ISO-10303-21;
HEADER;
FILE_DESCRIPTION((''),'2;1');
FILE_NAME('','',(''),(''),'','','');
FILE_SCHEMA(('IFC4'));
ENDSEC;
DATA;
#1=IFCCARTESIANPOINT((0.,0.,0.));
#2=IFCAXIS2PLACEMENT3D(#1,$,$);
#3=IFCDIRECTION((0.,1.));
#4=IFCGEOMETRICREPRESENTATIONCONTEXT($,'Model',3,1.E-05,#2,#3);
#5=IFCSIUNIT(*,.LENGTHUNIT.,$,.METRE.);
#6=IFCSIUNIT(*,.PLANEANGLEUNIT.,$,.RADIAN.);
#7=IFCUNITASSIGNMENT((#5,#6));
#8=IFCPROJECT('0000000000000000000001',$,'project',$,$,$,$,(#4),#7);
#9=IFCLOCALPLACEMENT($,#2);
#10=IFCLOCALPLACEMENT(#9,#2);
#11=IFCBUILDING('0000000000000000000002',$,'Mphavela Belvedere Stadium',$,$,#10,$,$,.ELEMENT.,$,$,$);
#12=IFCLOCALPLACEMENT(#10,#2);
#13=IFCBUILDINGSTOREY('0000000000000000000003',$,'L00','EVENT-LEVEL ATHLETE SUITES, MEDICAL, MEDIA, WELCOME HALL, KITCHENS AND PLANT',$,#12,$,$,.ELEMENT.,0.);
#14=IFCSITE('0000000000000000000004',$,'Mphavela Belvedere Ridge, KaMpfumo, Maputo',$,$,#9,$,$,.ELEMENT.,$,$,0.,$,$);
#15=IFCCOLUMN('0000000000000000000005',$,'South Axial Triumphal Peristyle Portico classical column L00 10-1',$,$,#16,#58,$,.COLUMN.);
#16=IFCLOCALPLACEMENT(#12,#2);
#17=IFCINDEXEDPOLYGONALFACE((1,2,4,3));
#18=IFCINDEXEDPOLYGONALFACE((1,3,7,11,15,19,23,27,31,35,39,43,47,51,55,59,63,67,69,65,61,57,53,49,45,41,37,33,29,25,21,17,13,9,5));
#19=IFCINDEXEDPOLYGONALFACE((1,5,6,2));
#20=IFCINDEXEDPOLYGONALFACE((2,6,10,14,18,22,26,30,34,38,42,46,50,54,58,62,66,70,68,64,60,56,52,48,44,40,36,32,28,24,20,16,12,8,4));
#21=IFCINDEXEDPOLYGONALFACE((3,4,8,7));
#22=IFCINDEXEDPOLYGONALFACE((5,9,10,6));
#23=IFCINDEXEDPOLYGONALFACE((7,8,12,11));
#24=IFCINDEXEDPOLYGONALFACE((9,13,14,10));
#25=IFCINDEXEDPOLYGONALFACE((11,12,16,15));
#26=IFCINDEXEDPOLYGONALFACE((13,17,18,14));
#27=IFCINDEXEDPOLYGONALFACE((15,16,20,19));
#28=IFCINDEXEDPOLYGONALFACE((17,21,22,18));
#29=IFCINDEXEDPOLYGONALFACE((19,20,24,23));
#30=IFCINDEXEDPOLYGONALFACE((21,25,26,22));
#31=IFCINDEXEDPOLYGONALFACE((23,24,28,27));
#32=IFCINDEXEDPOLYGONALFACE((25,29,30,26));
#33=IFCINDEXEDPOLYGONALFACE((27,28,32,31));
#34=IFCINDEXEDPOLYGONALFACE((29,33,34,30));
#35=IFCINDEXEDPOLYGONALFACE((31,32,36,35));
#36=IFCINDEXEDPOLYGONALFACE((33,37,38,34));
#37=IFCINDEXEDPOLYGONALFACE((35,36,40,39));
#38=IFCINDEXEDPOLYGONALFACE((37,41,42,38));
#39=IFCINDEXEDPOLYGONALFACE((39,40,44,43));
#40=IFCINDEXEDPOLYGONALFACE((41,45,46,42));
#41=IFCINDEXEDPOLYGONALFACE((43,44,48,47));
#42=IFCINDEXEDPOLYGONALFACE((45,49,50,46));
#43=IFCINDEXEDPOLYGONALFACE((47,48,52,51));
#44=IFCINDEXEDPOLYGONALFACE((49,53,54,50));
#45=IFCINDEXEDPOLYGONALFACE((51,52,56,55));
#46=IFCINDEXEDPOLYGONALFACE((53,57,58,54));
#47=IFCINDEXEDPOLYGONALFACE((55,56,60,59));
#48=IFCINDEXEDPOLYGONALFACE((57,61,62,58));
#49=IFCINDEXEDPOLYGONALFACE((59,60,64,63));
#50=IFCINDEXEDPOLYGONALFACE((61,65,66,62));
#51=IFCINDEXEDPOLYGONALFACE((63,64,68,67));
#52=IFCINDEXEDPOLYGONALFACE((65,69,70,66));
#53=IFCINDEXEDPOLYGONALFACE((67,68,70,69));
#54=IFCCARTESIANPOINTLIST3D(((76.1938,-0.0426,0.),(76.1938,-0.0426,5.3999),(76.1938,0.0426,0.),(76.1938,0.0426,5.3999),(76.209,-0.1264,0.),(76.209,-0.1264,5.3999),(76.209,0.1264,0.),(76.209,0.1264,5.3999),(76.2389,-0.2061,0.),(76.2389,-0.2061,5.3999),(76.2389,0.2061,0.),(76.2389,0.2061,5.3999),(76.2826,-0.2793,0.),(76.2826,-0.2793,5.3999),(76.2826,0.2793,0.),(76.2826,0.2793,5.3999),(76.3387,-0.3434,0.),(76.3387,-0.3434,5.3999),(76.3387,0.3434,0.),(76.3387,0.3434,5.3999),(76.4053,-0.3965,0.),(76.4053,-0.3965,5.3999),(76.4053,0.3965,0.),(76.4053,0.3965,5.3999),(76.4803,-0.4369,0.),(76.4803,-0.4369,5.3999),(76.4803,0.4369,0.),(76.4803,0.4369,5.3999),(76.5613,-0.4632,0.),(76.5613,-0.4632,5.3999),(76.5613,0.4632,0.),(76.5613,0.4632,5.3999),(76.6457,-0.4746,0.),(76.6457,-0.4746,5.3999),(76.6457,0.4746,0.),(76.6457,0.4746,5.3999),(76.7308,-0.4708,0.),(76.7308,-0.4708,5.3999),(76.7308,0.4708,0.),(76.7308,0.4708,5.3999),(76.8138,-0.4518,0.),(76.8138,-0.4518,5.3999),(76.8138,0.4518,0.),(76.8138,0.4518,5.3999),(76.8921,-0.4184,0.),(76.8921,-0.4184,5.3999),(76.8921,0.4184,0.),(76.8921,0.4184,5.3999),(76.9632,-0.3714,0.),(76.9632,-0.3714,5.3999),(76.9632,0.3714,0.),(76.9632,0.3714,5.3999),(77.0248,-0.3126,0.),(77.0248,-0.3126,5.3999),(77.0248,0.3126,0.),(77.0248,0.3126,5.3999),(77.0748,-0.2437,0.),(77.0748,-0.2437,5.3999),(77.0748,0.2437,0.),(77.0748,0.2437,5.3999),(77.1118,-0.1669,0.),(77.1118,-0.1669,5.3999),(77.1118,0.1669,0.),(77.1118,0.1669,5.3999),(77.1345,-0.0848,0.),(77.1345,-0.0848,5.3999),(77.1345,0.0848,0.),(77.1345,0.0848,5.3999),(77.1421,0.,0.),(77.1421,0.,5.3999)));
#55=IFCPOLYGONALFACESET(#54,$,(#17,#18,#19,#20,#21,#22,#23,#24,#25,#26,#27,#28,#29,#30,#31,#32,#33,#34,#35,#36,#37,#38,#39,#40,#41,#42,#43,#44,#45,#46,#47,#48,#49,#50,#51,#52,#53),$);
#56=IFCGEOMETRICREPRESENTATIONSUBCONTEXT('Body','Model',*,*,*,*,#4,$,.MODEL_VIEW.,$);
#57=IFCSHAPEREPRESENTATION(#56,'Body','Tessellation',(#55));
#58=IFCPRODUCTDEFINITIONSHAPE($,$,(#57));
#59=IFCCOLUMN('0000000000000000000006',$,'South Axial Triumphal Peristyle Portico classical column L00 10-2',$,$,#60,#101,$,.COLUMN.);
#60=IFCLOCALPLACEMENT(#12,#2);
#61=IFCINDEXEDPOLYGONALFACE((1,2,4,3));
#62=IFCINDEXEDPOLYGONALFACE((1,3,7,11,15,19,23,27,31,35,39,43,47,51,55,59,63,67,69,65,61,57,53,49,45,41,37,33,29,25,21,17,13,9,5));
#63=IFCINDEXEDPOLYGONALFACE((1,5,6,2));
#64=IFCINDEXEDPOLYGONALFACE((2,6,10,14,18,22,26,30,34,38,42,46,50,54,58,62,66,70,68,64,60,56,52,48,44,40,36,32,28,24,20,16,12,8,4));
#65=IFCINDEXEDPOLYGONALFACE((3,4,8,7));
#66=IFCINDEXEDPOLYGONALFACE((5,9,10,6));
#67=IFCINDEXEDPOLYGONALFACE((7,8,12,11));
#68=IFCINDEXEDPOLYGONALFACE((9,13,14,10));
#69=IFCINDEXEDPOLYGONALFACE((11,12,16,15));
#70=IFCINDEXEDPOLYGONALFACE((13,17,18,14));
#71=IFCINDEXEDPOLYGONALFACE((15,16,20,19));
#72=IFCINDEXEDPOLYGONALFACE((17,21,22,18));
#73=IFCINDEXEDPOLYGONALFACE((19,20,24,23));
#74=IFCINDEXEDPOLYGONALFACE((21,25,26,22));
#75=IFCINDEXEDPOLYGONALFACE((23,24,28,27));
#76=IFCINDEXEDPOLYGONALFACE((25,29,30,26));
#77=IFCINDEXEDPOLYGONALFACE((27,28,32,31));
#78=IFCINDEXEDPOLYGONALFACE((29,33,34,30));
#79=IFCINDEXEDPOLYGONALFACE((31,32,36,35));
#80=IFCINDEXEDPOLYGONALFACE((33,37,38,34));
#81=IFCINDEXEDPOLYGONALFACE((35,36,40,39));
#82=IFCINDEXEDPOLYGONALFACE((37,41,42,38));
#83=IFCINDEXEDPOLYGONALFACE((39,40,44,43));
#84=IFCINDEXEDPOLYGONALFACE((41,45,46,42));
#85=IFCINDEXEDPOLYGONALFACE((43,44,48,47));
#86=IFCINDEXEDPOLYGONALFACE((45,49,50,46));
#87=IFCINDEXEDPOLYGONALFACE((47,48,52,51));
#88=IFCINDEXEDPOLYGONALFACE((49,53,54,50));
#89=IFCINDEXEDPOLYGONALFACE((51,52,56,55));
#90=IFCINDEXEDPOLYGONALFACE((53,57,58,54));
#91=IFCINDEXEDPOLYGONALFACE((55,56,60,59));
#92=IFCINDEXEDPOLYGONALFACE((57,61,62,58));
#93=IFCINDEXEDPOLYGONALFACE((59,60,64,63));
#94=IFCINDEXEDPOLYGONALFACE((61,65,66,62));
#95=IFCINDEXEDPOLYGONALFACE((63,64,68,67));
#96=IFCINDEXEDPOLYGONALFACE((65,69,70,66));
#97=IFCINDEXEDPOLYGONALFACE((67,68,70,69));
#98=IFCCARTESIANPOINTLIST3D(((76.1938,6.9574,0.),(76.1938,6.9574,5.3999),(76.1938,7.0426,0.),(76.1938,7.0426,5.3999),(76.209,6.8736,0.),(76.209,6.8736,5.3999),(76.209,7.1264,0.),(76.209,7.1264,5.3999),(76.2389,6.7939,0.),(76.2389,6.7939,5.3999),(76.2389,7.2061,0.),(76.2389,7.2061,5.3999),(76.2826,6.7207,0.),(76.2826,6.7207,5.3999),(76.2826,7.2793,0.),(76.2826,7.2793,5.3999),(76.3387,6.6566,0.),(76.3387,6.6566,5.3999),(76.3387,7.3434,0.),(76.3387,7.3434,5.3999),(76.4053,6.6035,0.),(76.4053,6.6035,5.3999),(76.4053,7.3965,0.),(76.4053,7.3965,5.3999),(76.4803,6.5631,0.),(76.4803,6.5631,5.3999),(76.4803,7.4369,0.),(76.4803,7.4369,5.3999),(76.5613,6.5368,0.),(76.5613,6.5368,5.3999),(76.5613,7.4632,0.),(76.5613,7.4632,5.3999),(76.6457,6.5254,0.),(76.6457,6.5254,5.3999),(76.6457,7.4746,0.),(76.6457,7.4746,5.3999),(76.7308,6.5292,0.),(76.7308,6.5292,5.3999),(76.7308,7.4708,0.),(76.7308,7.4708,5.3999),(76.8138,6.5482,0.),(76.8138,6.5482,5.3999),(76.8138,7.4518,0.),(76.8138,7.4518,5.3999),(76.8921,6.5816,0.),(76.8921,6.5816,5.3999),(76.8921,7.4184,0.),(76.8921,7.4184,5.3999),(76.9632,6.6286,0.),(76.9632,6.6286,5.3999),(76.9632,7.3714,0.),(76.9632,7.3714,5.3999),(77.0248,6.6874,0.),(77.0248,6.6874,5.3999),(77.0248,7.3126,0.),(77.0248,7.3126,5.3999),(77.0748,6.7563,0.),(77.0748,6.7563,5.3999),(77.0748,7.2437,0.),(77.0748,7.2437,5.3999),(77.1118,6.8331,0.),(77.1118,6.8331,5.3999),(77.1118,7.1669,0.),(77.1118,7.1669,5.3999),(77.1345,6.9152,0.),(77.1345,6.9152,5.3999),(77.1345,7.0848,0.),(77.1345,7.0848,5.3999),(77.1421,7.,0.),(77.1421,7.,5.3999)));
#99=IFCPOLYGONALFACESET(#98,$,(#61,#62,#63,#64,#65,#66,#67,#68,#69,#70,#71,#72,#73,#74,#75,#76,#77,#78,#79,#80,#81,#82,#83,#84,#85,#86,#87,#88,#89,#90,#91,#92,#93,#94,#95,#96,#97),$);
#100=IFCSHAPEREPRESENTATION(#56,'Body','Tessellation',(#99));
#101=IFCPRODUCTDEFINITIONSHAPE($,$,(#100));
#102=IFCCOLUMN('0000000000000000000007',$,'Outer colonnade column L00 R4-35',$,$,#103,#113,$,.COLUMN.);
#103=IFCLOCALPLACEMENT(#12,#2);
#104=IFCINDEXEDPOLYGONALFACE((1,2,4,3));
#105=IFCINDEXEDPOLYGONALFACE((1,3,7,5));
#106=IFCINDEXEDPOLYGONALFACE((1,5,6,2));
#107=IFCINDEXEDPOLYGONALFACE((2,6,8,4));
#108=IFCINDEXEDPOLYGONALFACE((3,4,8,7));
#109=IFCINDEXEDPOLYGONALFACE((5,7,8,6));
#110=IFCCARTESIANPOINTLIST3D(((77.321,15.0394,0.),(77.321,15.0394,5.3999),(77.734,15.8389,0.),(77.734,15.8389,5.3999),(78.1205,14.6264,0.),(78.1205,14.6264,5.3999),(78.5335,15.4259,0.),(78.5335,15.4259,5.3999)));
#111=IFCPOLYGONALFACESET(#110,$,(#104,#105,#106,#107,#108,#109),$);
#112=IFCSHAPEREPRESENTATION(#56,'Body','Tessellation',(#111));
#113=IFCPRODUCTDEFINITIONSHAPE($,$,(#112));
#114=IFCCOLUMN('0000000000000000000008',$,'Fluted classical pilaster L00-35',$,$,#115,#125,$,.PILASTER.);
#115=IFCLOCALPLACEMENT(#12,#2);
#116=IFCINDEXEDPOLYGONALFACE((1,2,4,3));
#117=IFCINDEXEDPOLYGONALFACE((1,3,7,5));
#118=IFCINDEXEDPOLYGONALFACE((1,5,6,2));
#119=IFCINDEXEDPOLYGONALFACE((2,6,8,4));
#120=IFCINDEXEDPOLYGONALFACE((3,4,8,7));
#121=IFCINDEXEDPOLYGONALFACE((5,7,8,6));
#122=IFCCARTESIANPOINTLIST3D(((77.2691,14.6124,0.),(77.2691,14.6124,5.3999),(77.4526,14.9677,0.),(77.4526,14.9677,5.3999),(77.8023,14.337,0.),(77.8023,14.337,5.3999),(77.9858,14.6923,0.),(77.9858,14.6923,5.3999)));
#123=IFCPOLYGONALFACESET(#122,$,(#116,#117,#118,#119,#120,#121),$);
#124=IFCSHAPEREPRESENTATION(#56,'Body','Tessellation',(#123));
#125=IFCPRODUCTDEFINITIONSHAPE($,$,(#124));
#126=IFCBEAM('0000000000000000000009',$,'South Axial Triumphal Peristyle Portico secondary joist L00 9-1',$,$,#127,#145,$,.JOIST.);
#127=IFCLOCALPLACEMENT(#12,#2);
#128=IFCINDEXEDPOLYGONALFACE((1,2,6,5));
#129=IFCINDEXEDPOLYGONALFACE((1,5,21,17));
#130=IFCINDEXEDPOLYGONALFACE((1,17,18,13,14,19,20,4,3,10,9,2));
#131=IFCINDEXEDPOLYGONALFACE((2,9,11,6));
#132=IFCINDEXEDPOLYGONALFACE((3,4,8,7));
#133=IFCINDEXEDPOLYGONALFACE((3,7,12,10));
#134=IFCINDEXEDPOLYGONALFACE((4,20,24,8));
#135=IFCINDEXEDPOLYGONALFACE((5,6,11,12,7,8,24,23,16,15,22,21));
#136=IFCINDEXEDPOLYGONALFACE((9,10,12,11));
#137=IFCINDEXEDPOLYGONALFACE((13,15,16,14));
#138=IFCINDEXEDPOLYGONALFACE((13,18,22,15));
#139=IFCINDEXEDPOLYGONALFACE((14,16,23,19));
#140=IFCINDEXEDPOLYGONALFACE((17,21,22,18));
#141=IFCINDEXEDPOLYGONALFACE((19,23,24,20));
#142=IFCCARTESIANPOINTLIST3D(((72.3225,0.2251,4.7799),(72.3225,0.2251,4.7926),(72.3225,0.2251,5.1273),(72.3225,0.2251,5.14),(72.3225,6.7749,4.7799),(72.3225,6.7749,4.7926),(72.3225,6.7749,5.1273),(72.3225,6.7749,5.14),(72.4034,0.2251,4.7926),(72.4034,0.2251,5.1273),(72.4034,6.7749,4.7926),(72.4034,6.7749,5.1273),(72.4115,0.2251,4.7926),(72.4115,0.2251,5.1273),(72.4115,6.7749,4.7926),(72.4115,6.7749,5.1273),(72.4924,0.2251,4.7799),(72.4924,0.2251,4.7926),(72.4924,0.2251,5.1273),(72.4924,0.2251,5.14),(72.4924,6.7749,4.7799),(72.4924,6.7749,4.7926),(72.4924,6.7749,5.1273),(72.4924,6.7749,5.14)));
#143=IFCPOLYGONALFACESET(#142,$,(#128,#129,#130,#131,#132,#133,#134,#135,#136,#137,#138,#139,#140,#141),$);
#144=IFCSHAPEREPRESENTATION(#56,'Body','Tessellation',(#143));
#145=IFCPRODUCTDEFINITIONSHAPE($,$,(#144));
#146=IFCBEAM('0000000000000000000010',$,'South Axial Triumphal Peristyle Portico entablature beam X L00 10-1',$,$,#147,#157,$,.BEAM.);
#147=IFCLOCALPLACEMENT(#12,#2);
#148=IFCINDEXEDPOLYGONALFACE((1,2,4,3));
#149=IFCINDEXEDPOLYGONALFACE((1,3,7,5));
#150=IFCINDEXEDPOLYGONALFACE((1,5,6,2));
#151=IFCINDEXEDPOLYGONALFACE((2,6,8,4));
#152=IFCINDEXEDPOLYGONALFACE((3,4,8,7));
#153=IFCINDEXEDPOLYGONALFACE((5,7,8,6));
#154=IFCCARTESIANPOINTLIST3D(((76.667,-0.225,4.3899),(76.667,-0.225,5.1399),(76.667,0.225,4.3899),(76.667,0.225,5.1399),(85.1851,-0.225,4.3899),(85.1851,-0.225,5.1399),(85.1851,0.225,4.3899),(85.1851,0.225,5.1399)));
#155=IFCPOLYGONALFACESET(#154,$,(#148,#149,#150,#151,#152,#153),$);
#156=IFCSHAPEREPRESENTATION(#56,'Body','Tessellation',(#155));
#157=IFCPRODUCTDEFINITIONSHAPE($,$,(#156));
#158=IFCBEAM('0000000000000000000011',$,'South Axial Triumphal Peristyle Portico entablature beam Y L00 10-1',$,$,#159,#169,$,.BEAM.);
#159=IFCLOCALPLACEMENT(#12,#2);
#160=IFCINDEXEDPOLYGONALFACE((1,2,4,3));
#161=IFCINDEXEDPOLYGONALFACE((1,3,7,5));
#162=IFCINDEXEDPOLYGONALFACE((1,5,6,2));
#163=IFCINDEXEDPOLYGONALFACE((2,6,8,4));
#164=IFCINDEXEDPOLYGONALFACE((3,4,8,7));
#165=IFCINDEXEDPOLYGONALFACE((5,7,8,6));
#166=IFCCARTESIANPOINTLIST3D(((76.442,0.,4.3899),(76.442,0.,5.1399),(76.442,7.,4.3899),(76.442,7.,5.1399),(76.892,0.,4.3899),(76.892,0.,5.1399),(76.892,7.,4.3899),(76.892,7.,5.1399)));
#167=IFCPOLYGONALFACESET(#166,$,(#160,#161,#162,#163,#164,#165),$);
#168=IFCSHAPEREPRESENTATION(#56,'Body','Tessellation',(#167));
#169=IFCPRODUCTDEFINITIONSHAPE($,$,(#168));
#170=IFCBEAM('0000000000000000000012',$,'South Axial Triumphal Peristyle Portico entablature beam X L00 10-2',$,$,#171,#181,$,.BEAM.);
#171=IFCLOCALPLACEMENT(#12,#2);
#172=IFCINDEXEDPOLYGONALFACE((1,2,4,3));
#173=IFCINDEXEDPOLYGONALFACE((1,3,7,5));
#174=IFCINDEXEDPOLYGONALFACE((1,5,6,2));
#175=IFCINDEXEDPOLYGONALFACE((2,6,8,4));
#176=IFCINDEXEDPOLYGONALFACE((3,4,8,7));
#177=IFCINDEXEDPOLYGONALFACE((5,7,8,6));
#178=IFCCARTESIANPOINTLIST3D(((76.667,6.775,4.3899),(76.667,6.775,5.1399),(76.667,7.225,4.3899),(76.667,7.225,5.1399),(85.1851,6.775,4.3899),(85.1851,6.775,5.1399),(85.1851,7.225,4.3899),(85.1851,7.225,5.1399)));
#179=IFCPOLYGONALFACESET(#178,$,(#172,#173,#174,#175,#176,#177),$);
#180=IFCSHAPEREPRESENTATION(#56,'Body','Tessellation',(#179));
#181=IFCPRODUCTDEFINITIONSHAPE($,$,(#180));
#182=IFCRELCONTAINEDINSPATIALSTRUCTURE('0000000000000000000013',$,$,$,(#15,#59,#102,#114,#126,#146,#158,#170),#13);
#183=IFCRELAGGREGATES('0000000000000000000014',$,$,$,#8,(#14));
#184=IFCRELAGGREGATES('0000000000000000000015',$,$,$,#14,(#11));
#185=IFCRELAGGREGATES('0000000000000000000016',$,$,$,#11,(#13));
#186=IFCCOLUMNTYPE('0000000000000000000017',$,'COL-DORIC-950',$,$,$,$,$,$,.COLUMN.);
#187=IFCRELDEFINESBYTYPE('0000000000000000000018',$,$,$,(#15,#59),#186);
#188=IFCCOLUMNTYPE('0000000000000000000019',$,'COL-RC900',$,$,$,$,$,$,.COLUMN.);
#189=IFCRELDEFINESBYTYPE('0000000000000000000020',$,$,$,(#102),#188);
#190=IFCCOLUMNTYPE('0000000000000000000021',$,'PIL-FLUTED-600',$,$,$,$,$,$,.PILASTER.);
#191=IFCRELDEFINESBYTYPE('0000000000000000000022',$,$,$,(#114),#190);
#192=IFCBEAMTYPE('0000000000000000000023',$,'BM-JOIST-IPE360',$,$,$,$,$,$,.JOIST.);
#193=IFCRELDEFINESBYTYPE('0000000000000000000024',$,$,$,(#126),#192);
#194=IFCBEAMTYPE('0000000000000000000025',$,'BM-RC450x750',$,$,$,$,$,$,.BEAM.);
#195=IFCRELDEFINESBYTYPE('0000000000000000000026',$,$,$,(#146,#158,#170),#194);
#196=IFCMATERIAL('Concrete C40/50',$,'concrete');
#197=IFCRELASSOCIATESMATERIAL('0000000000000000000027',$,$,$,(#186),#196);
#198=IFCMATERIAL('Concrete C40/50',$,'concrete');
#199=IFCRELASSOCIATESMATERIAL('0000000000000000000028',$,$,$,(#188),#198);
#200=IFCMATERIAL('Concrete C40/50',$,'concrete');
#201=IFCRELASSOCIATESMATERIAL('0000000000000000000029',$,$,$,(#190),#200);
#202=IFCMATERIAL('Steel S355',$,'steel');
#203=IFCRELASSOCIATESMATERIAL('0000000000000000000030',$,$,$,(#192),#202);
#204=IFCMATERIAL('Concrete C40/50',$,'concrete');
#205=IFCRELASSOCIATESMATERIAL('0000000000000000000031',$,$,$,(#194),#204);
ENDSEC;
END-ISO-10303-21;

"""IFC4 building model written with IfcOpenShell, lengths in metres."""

from ifc_helpers import new_model, si_unit, direction, frame, origin, origin_2d, place, context, subcontext, project, spatial, rectangle, circle, i_section, extrude, material, material_profile, profile_set, type_object, element, save


model = new_model("IFC4")

# Units and contexts
model_context = context("Model", 3, precision=1e-05, world=origin(), true_north=direction((0.0, 1.0)))
body_context = subcontext(model_context, "Body", "Model", "MODEL_VIEW")
ifc_project = project(units=[si_unit("LENGTHUNIT", "METRE"), si_unit("PLANEANGLEUNIT", "RADIAN")], contexts=[model_context])

# Site, building, storey
site_placement = place(None, origin())
site = spatial("IfcSite", under=ifc_project, at=site_placement, Name="Mphavela Belvedere Ridge, KaMpfumo, Maputo", CompositionType="ELEMENT", RefElevation=0.0)
building_placement = place(site_placement, origin())
building = spatial("IfcBuilding", under=site, at=building_placement, Name="Mphavela Belvedere Stadium", CompositionType="ELEMENT")
storey_placement = place(building_placement, origin())
storey = spatial("IfcBuildingStorey", under=building, at=storey_placement, Name="L00", Description="EVENT-LEVEL ATHLETE SUITES, MEDICAL, MEDIA, WELCOME HALL, KITCHENS AND PLANT", CompositionType="ELEMENT", Elevation=0.0)

# Columns
ifc_material_1 = material(Name="Concrete C40/50", Category="concrete")
ifc_material_profile_1 = material_profile(ifc_material_1, circle(Radius=0.4751, at=origin_2d()), Name="COL D950")
ifc_profile_set_1 = profile_set([ifc_material_profile_1], Name="Concrete C40/50")
column_type_1 = type_object("IfcColumnType", Name="COL-DORIC-950", PredefinedType="COLUMN", material=ifc_profile_set_1)
for number, where, z_axis, x_axis, name in (
    (1, (76.667, 0.0, 0.0), (0.0, 0.0, 1.0), (1.0, 0.0, 0.0), "South Axial Triumphal Peristyle Portico classical column L00 10-1"),
    (2, (76.667, 7.0, 0.0), (0.0, 0.0, 1.0), (1.0, 0.0, 0.0), "South Axial Triumphal Peristyle Portico classical column L00 10-2"),
):
    element("IfcColumn", number, at=place(storey_placement, frame(where, z_axis=z_axis, x_axis=x_axis)), inside=storey, type_object=column_type_1, Name=name, PredefinedType="COLUMN", context=body_context, shape_type="SweptSolid", body=[
        extrude(circle(Radius=0.4751, at=origin_2d()), origin(), (0.0, 0.0, 1.0), 5.3999),
    ])
ifc_material_2 = material(Name="Concrete C40/50", Category="concrete")
ifc_material_profile_2 = material_profile(ifc_material_2, rectangle(XDim=0.8999, YDim=0.8999, at=origin_2d()), Name="RC 900x900")
ifc_profile_set_2 = profile_set([ifc_material_profile_2], Name="Concrete C40/50")
column_type_2 = type_object("IfcColumnType", Name="COL-RC900", PredefinedType="COLUMN", material=ifc_profile_set_2)
column_1_placement = place(storey_placement, frame((77.9272, 15.2327, 0.0), z_axis=(0.0, 0.0, 1.0), x_axis=(-0.45896, -0.888457, 0.0)))
element("IfcColumn", 3, at=column_1_placement, inside=storey, type_object=column_type_2, Name="Outer colonnade column L00 R4-35", PredefinedType="COLUMN", context=body_context, shape_type="SweptSolid", body=[
    extrude(rectangle(XDim=0.8999, YDim=0.8999, at=origin_2d()), origin(), (0.0, 0.0, 1.0), 5.3999),
])
ifc_material_3 = material(Name="Concrete C40/50", Category="concrete")
ifc_material_profile_3 = material_profile(ifc_material_3, rectangle(XDim=0.6001, YDim=0.3999, at=origin_2d()), Name="PIL 600x400")
ifc_profile_set_3 = profile_set([ifc_material_profile_3], Name="Concrete C40/50")
column_type_3 = type_object("IfcColumnType", Name="PIL-FLUTED-600", PredefinedType="PILASTER", material=ifc_profile_set_3)
column_2_placement = place(storey_placement, frame((77.6274, 14.6523, 0.0), z_axis=(0.0, 0.0, 1.0), x_axis=(0.888457, -0.45896, 0.0)))
element("IfcColumn", 4, at=column_2_placement, inside=storey, type_object=column_type_3, Name="Fluted classical pilaster L00-35", PredefinedType="PILASTER", context=body_context, shape_type="SweptSolid", body=[
    extrude(rectangle(XDim=0.6001, YDim=0.3999, at=origin_2d()), origin(), (0.0, 0.0, 1.0), 5.3999),
])

# Beams
ifc_material_4 = material(Name="Steel S355", Category="steel")
ifc_material_profile_4 = material_profile(ifc_material_4, i_section(OverallWidth=0.1699, OverallDepth=0.3601, WebThickness=0.0081, FlangeThickness=0.0127, at=origin_2d()), Name="IPE 360")
ifc_profile_set_4 = profile_set([ifc_material_profile_4], Name="Steel S355")
beam_type_1 = type_object("IfcBeamType", Name="BM-JOIST-IPE360", PredefinedType="JOIST", material=ifc_profile_set_4)
beam_1_placement = place(storey_placement, frame((72.4075, 0.2251, 4.96), z_axis=(0.0, 1.0, 0.0), x_axis=(-1.0, 0.0, 0.0)))
element("IfcBeam", 5, at=beam_1_placement, inside=storey, type_object=beam_type_1, Name="South Axial Triumphal Peristyle Portico secondary joist L00 9-1", PredefinedType="JOIST", context=body_context, shape_type="SweptSolid", body=[
    extrude(i_section(OverallWidth=0.1699, OverallDepth=0.3601, WebThickness=0.0081, FlangeThickness=0.0127, at=origin_2d()), origin(), (0.0, 0.0, 1.0), 6.5498),
])
ifc_material_5 = material(Name="Concrete C40/50", Category="concrete")
ifc_material_profile_5 = material_profile(ifc_material_5, rectangle(XDim=0.45, YDim=0.75, at=origin_2d()), Name="RC 450x750")
ifc_profile_set_5 = profile_set([ifc_material_profile_5], Name="Concrete C40/50")
beam_type_2 = type_object("IfcBeamType", Name="BM-RC450x750", PredefinedType="BEAM", material=ifc_profile_set_5)
beam_2_placement = place(storey_placement, frame((76.667, 0.0, 4.7649), z_axis=(1.0, 0.0, 0.0), x_axis=(0.0, 1.0, 0.0)))
element("IfcBeam", 6, at=beam_2_placement, inside=storey, type_object=beam_type_2, Name="South Axial Triumphal Peristyle Portico entablature beam X L00 10-1", PredefinedType="BEAM", context=body_context, shape_type="SweptSolid", body=[
    extrude(rectangle(XDim=0.45, YDim=0.75, at=origin_2d()), origin(), (0.0, 0.0, 1.0), 8.5181),
])
beam_3_placement = place(storey_placement, frame((76.667, 0.0, 4.7649), z_axis=(0.0, 1.0, 0.0), x_axis=(-1.0, 0.0, 0.0)))
element("IfcBeam", 7, at=beam_3_placement, inside=storey, type_object=beam_type_2, Name="South Axial Triumphal Peristyle Portico entablature beam Y L00 10-1", PredefinedType="BEAM", context=body_context, shape_type="SweptSolid", body=[
    extrude(rectangle(XDim=0.45, YDim=0.75, at=origin_2d()), origin(), (0.0, 0.0, 1.0), 7.0),
])
beam_4_placement = place(storey_placement, frame((76.667, 7.0, 4.7649), z_axis=(1.0, 0.0, 0.0), x_axis=(0.0, 1.0, 0.0)))
element("IfcBeam", 8, at=beam_4_placement, inside=storey, type_object=beam_type_2, Name="South Axial Triumphal Peristyle Portico entablature beam X L00 10-2", PredefinedType="BEAM", context=body_context, shape_type="SweptSolid", body=[
    extrude(rectangle(XDim=0.45, YDim=0.75, at=origin_2d()), origin(), (0.0, 0.0, 1.0), 8.5181),
])

save(model, "model.ifc")
